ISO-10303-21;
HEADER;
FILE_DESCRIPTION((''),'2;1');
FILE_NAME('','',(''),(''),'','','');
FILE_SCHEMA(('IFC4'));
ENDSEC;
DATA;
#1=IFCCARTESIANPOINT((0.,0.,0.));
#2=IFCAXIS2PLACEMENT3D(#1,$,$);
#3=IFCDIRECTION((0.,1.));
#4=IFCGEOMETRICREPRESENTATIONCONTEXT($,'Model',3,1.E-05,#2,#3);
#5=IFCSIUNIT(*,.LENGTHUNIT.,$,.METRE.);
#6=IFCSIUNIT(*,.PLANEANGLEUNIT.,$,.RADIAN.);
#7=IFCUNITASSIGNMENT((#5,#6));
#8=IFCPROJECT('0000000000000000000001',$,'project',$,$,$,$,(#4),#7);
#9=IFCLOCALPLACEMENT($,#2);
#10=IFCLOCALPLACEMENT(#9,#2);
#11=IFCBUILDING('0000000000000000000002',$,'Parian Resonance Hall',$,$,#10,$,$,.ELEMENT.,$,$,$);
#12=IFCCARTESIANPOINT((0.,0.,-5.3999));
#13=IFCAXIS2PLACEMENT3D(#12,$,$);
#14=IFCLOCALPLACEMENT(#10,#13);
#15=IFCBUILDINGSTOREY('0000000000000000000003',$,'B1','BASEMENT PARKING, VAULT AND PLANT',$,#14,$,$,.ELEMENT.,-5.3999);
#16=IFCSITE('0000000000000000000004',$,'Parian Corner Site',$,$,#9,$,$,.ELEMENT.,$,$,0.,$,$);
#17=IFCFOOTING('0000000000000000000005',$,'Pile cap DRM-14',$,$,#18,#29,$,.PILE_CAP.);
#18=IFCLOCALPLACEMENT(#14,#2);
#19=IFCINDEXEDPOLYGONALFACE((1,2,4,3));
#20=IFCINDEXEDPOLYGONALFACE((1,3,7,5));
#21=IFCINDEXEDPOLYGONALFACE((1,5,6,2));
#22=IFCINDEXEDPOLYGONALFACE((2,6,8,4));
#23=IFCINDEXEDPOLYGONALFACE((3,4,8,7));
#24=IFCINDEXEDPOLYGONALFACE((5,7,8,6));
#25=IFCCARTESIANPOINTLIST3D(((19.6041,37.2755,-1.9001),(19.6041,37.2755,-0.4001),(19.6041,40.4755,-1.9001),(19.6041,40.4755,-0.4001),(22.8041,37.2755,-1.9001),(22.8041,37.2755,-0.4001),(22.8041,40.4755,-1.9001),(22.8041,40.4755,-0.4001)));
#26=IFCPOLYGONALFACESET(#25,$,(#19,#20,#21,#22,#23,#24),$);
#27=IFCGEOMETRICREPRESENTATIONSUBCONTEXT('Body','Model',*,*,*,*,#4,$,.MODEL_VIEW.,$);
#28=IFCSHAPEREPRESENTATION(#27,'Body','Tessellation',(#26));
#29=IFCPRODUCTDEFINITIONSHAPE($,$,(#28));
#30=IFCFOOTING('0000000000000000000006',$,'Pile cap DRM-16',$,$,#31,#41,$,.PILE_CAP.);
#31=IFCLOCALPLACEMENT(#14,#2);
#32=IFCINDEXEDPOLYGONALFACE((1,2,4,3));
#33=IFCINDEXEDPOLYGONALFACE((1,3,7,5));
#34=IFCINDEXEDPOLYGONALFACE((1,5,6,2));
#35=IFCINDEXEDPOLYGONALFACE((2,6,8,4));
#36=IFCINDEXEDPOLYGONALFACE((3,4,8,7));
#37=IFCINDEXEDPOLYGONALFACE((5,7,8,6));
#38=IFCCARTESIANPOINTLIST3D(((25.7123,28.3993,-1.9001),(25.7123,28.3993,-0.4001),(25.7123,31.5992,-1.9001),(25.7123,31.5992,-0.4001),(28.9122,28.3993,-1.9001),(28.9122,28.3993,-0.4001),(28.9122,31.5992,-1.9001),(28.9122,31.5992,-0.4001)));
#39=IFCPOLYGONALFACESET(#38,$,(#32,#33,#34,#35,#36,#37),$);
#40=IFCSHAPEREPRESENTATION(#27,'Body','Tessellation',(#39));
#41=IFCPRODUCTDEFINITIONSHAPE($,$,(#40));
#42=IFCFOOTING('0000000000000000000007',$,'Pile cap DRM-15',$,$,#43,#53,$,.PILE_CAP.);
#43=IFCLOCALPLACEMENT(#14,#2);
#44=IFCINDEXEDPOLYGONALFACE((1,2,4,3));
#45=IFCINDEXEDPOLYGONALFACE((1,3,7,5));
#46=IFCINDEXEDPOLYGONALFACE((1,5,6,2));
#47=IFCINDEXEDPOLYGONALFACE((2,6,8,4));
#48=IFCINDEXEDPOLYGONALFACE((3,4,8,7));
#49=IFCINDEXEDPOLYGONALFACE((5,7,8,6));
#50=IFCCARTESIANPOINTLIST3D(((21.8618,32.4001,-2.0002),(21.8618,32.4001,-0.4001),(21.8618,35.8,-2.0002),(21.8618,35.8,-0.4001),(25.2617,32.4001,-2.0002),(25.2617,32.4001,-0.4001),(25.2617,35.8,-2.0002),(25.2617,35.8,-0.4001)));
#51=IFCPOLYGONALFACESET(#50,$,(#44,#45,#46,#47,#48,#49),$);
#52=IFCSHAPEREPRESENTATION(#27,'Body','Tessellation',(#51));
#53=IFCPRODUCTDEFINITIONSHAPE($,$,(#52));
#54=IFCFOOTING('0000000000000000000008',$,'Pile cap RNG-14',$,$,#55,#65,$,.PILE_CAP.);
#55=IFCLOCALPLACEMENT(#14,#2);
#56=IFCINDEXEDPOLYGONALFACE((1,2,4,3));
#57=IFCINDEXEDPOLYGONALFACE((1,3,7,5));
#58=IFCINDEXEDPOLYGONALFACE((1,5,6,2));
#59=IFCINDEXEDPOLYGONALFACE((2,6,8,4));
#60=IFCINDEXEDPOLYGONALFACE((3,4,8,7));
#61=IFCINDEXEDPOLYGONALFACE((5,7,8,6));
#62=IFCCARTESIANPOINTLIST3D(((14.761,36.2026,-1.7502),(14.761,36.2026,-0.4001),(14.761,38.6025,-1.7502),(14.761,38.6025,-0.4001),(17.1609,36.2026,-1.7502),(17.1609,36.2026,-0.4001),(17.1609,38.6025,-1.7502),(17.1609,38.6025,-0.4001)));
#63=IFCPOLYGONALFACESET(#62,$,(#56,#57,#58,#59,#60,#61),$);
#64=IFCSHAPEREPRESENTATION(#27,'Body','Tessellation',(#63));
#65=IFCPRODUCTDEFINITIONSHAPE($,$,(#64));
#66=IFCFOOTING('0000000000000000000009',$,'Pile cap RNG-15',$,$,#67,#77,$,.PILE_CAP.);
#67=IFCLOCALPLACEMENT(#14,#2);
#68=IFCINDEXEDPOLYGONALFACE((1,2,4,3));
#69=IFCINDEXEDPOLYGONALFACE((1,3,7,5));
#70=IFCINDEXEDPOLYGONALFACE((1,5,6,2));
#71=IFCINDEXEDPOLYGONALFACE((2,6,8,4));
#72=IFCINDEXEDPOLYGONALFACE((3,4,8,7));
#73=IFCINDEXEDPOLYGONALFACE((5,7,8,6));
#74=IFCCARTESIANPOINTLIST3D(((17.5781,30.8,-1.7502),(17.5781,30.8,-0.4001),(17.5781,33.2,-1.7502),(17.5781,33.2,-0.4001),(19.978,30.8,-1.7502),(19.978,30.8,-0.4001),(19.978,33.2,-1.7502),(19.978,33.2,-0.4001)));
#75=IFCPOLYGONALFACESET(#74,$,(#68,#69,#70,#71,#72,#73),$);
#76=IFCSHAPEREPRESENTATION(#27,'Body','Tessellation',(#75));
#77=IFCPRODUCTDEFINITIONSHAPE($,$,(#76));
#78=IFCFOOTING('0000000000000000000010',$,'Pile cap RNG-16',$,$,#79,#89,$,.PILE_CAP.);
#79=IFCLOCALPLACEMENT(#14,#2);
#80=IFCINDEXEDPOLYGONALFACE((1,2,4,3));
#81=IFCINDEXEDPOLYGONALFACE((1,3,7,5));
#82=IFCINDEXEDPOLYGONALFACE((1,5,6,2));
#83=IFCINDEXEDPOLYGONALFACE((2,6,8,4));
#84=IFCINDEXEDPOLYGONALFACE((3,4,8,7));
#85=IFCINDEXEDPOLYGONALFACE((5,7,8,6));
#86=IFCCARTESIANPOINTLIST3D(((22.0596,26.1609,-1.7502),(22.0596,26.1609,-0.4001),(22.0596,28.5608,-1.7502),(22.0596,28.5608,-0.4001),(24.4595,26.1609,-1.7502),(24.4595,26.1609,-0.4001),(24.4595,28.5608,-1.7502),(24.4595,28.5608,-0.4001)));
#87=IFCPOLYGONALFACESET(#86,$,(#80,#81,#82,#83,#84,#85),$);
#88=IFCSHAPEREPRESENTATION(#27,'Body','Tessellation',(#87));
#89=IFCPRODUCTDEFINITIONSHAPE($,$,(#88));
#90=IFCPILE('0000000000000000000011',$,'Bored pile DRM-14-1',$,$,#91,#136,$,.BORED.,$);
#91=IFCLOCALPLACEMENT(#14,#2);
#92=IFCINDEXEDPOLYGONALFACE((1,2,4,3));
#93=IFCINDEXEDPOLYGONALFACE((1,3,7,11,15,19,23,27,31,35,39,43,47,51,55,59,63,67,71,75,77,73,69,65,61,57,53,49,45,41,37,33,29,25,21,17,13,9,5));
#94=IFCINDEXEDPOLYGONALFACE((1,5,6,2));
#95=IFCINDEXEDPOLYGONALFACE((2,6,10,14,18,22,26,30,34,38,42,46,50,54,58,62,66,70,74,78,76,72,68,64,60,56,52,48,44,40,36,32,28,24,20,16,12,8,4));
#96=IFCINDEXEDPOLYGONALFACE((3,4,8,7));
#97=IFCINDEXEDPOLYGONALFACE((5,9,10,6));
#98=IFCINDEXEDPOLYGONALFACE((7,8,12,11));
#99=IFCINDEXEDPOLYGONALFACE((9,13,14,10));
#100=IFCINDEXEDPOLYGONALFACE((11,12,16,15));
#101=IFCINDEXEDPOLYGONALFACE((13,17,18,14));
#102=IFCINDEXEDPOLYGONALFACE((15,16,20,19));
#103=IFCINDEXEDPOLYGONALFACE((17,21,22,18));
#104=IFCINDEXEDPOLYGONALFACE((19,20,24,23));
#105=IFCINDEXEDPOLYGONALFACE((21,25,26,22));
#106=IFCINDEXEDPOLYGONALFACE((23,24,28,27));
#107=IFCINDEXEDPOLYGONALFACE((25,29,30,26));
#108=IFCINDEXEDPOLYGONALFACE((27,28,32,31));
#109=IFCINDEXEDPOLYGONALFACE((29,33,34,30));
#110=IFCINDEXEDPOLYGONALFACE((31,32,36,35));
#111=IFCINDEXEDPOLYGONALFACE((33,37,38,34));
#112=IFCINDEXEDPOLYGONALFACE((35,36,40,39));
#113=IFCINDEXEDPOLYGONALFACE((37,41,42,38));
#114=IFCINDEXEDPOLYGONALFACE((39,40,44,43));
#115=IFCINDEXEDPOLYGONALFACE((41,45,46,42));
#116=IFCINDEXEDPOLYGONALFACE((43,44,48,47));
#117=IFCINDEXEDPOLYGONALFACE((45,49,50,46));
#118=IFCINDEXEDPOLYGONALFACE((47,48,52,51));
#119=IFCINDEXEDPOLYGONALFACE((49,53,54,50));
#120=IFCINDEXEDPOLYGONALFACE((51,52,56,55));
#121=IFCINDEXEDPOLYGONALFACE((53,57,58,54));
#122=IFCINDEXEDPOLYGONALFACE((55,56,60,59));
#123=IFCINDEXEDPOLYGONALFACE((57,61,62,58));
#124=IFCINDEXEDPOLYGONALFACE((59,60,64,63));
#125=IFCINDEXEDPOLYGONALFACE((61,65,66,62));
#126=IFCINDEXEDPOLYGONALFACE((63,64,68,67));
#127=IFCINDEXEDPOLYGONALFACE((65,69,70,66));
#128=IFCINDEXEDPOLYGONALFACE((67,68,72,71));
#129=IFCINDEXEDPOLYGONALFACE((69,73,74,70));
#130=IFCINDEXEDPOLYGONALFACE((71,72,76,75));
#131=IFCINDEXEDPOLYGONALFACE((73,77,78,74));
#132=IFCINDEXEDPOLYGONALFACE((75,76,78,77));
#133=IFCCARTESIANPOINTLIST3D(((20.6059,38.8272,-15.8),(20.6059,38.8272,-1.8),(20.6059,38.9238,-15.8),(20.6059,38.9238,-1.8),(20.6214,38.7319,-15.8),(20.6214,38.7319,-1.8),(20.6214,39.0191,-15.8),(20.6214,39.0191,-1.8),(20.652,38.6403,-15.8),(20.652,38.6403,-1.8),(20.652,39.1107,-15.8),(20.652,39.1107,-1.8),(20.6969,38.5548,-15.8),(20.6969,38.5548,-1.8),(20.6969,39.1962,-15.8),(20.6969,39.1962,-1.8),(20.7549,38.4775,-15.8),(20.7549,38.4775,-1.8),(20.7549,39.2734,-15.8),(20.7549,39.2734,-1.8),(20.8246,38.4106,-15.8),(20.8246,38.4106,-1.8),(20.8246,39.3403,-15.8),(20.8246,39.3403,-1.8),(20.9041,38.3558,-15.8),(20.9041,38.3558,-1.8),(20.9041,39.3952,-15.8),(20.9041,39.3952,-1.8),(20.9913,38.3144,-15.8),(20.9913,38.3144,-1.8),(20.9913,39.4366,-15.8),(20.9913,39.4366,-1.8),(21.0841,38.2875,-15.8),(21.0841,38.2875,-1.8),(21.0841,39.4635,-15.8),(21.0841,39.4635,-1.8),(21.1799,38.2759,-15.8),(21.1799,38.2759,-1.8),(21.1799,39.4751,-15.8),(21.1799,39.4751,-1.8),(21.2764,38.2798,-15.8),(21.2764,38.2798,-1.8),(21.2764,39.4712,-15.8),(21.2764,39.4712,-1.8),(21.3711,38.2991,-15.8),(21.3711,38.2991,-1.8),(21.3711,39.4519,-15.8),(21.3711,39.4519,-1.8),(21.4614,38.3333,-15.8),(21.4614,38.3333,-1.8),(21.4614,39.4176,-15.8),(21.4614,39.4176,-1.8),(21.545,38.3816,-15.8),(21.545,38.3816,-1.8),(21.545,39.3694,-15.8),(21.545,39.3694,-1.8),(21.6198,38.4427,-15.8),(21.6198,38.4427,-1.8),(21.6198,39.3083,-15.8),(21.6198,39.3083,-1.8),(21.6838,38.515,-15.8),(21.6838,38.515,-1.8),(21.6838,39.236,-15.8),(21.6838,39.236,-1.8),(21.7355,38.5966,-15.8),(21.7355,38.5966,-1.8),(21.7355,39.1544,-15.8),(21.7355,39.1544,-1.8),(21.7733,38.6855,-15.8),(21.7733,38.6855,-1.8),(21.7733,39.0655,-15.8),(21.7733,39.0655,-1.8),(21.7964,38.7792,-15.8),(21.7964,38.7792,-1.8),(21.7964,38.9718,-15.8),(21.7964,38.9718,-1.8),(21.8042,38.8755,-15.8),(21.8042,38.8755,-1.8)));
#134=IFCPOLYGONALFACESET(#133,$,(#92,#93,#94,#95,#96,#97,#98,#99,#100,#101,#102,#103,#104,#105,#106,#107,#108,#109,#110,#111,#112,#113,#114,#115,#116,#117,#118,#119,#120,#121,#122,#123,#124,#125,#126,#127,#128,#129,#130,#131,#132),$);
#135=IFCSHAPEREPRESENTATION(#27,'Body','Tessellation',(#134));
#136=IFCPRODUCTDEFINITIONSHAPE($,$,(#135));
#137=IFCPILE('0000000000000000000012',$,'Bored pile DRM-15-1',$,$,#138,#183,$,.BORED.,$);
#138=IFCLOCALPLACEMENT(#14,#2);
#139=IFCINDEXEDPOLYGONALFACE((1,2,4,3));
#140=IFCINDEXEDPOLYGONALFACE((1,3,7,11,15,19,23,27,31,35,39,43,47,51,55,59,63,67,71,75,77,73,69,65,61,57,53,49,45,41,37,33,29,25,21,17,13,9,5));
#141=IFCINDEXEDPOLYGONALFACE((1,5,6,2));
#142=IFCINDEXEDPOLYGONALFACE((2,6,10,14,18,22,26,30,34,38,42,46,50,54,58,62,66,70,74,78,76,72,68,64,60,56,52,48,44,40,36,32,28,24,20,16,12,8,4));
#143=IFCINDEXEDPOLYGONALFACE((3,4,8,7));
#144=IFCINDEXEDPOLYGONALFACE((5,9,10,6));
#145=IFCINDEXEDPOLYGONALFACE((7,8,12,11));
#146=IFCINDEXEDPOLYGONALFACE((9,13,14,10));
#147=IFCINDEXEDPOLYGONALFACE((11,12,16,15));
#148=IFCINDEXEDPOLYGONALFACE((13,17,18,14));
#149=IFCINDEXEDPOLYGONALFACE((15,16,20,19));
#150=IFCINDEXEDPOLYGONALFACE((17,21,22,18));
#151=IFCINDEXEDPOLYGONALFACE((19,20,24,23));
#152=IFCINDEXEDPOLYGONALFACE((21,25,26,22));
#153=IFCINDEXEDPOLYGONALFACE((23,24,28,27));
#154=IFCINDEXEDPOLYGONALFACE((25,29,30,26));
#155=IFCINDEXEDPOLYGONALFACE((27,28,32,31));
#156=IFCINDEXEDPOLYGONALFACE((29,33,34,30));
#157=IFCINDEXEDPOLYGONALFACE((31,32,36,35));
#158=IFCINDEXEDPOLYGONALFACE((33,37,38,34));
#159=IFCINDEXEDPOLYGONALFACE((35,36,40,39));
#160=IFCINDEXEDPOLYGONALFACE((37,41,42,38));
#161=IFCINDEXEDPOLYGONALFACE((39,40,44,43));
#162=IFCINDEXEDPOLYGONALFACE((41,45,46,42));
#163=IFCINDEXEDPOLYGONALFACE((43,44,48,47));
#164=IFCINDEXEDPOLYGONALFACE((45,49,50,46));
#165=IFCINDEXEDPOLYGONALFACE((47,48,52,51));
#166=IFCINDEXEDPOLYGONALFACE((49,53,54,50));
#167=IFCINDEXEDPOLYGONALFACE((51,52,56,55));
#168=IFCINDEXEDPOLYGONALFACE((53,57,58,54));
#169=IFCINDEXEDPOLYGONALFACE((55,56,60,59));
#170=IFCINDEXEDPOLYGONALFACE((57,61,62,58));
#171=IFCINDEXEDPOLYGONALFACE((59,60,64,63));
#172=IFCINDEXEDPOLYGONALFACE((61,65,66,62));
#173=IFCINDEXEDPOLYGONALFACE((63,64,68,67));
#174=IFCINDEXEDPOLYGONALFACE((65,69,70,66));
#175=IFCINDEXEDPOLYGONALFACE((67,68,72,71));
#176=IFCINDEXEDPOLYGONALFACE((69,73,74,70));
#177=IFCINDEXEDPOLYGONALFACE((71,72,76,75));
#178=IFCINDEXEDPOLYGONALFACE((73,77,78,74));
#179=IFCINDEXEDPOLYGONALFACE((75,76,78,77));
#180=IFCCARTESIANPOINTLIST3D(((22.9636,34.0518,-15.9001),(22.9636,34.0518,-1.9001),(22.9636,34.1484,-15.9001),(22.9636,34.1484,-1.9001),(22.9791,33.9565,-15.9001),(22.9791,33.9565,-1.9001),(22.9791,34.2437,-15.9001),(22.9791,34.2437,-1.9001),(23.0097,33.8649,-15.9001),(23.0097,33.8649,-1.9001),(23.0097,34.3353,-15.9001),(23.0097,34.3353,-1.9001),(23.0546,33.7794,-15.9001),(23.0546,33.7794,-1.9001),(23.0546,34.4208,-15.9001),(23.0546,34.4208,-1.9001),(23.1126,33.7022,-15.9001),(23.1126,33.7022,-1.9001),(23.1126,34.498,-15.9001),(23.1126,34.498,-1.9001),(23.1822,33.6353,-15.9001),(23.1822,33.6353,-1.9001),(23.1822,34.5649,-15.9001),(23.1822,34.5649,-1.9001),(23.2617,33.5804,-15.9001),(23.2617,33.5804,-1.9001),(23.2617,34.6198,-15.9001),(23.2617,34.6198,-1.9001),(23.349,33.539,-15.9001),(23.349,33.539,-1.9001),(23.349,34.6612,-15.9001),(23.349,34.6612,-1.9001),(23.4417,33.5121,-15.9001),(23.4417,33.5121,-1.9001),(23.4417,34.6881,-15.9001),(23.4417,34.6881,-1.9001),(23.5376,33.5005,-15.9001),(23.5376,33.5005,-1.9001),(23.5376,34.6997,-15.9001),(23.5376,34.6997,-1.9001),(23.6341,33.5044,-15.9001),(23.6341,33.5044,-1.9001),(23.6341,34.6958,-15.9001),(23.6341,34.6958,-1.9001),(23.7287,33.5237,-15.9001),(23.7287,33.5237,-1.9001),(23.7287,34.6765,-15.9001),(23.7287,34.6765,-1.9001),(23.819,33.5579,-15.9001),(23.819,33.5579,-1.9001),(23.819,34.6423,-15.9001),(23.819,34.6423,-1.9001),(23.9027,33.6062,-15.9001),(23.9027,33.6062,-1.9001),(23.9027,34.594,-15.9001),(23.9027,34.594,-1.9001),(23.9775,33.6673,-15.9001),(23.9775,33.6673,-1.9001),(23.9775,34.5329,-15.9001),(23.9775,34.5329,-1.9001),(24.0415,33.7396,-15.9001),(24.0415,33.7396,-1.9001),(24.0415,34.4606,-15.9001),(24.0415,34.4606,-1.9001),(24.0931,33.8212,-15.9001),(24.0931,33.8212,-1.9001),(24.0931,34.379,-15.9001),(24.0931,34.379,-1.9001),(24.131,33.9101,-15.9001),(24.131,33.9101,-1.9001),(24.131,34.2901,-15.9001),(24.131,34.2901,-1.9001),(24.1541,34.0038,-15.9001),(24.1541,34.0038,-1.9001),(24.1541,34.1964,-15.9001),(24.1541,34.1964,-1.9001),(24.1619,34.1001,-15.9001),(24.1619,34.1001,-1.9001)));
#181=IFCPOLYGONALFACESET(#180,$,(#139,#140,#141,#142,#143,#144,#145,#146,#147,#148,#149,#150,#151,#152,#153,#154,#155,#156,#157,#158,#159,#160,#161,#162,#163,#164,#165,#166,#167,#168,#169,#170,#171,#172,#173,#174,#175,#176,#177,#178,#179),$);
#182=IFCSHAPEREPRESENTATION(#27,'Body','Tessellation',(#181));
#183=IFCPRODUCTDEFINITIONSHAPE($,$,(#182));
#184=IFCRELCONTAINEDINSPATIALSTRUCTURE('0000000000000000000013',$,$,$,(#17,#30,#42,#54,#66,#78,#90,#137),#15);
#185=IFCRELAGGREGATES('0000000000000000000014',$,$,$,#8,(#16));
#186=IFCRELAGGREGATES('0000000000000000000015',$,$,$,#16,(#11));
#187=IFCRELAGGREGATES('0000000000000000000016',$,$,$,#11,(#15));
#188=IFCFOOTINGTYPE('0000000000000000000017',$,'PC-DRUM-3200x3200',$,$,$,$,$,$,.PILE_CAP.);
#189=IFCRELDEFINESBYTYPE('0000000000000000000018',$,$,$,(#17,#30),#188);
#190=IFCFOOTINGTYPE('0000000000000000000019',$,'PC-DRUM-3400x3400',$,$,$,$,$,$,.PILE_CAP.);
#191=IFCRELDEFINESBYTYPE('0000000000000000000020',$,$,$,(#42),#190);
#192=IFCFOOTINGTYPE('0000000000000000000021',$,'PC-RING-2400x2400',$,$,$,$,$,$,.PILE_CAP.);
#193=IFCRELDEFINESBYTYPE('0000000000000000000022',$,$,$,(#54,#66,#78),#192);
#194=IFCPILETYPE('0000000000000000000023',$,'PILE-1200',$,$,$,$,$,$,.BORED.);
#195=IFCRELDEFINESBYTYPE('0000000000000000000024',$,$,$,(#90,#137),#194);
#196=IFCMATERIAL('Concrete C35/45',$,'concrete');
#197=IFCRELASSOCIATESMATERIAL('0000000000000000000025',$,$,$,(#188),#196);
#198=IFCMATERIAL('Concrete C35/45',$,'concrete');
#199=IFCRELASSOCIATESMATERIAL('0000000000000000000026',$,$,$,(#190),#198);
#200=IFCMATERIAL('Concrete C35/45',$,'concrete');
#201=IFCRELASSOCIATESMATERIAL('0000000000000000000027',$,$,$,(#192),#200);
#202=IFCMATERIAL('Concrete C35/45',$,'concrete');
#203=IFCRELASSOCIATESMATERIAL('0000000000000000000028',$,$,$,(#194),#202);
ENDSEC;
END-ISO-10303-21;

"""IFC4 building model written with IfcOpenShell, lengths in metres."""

from ifc_helpers import new_model, si_unit, direction, frame, origin, origin_2d, place, context, subcontext, project, spatial, rectangle, circle, extrude, material, material_profile, profile_set, type_object, element, save


model = new_model("IFC4")

# Units and contexts
model_context = context("Model", 3, precision=1e-05, world=origin(), true_north=direction((0.0, 1.0)))
body_context = subcontext(model_context, "Body", "Model", "MODEL_VIEW")
ifc_project = project(units=[si_unit("LENGTHUNIT", "METRE"), si_unit("PLANEANGLEUNIT", "RADIAN")], contexts=[model_context])

# Site, building, storey
site_placement = place(None, origin())
site = spatial("IfcSite", under=ifc_project, at=site_placement, Name="Parian Corner Site", CompositionType="ELEMENT", RefElevation=0.0)
building_placement = place(site_placement, origin())
building = spatial("IfcBuilding", under=site, at=building_placement, Name="Parian Resonance Hall", CompositionType="ELEMENT")
storey_placement = place(building_placement, frame((0.0, 0.0, -5.3999)))
storey = spatial("IfcBuildingStorey", under=building, at=storey_placement, Name="B1", Description="BASEMENT PARKING, VAULT AND PLANT", CompositionType="ELEMENT", Elevation=-5.3999)

# Footings
ifc_material_1 = material(Name="Concrete C35/45", Category="concrete")
footing_type_1 = type_object("IfcFootingType", Name="PC-DRUM-3200x3200", PredefinedType="PILE_CAP", material=ifc_material_1)
for number, where, z_axis, x_axis, name in (
    (1, (21.2041, 38.8755, -1.9001), (0.0, 0.0, 1.0), (1.0, 0.0, 0.0), "Pile cap DRM-14"),
    (2, (27.3123, 29.9993, -1.9001), (0.0, 0.0, 1.0), (1.0, 0.0, 0.0), "Pile cap DRM-16"),
):
    element("IfcFooting", number, at=place(storey_placement, frame(where, z_axis=z_axis, x_axis=x_axis)), inside=storey, type_object=footing_type_1, Name=name, PredefinedType="PILE_CAP", context=body_context, shape_type="SweptSolid", body=[
        extrude(rectangle(XDim=3.2, YDim=3.2, at=origin_2d()), origin(), (0.0, 0.0, 1.0), 1.5),
    ])
ifc_material_2 = material(Name="Concrete C35/45", Category="concrete")
footing_type_2 = type_object("IfcFootingType", Name="PC-DRUM-3400x3400", PredefinedType="PILE_CAP", material=ifc_material_2)
footing_placement = place(storey_placement, frame((23.5618, 34.1001, -2.0002), z_axis=(0.0, 0.0, 1.0), x_axis=(1.0, 0.0, 0.0)))
element("IfcFooting", 3, at=footing_placement, inside=storey, type_object=footing_type_2, Name="Pile cap DRM-15", PredefinedType="PILE_CAP", context=body_context, shape_type="SweptSolid", body=[
    extrude(rectangle(XDim=3.3999, YDim=3.3999, at=origin_2d()), origin(), (0.0, 0.0, 1.0), 1.6001),
])
ifc_material_3 = material(Name="Concrete C35/45", Category="concrete")
footing_type_3 = type_object("IfcFootingType", Name="PC-RING-2400x2400", PredefinedType="PILE_CAP", material=ifc_material_3)
for number, where, z_axis, x_axis, name in (
    (4, (15.9609, 37.4026, -1.7502), (0.0, 0.0, 1.0), (1.0, 0.0, 0.0), "Pile cap RNG-14"),
    (5, (18.7781, 32.0, -1.7502), (0.0, 0.0, 1.0), (1.0, 0.0, 0.0), "Pile cap RNG-15"),
    (6, (23.2595, 27.3608, -1.7502), (0.0, 0.0, 1.0), (1.0, 0.0, 0.0), "Pile cap RNG-16"),
):
    element("IfcFooting", number, at=place(storey_placement, frame(where, z_axis=z_axis, x_axis=x_axis)), inside=storey, type_object=footing_type_3, Name=name, PredefinedType="PILE_CAP", context=body_context, shape_type="SweptSolid", body=[
        extrude(rectangle(XDim=2.3999, YDim=2.3999, at=origin_2d()), origin(), (0.0, 0.0, 1.0), 1.3501),
    ])

# Piles
ifc_material_4 = material(Name="Concrete C35/45", Category="concrete")
ifc_material_profile_1 = material_profile(ifc_material_4, circle(Radius=0.6001, at=origin_2d()), Name="PILE-D1200")
ifc_profile_set_1 = profile_set([ifc_material_profile_1], Name="Concrete C35/45")
pile_type = type_object("IfcPileType", Name="PILE-1200", PredefinedType="BORED", material=ifc_profile_set_1)
for number, where, z_axis, x_axis, name in (
    (7, (21.2041, 38.8755, -1.8), (0.0, 0.0, -1.0), (1.0, 0.0, 0.0), "Bored pile DRM-14-1"),
    (8, (23.5618, 34.1001, -1.9001), (0.0, 0.0, -1.0), (1.0, 0.0, 0.0), "Bored pile DRM-15-1"),
):
    element("IfcPile", number, at=place(storey_placement, frame(where, z_axis=z_axis, x_axis=x_axis)), inside=storey, type_object=pile_type, Name=name, PredefinedType="BORED", context=body_context, shape_type="SweptSolid", body=[
        extrude(circle(Radius=0.6001, at=origin_2d()), origin(), (0.0, 0.0, 1.0), 14.0),
    ])

save(model, "model.ifc")
